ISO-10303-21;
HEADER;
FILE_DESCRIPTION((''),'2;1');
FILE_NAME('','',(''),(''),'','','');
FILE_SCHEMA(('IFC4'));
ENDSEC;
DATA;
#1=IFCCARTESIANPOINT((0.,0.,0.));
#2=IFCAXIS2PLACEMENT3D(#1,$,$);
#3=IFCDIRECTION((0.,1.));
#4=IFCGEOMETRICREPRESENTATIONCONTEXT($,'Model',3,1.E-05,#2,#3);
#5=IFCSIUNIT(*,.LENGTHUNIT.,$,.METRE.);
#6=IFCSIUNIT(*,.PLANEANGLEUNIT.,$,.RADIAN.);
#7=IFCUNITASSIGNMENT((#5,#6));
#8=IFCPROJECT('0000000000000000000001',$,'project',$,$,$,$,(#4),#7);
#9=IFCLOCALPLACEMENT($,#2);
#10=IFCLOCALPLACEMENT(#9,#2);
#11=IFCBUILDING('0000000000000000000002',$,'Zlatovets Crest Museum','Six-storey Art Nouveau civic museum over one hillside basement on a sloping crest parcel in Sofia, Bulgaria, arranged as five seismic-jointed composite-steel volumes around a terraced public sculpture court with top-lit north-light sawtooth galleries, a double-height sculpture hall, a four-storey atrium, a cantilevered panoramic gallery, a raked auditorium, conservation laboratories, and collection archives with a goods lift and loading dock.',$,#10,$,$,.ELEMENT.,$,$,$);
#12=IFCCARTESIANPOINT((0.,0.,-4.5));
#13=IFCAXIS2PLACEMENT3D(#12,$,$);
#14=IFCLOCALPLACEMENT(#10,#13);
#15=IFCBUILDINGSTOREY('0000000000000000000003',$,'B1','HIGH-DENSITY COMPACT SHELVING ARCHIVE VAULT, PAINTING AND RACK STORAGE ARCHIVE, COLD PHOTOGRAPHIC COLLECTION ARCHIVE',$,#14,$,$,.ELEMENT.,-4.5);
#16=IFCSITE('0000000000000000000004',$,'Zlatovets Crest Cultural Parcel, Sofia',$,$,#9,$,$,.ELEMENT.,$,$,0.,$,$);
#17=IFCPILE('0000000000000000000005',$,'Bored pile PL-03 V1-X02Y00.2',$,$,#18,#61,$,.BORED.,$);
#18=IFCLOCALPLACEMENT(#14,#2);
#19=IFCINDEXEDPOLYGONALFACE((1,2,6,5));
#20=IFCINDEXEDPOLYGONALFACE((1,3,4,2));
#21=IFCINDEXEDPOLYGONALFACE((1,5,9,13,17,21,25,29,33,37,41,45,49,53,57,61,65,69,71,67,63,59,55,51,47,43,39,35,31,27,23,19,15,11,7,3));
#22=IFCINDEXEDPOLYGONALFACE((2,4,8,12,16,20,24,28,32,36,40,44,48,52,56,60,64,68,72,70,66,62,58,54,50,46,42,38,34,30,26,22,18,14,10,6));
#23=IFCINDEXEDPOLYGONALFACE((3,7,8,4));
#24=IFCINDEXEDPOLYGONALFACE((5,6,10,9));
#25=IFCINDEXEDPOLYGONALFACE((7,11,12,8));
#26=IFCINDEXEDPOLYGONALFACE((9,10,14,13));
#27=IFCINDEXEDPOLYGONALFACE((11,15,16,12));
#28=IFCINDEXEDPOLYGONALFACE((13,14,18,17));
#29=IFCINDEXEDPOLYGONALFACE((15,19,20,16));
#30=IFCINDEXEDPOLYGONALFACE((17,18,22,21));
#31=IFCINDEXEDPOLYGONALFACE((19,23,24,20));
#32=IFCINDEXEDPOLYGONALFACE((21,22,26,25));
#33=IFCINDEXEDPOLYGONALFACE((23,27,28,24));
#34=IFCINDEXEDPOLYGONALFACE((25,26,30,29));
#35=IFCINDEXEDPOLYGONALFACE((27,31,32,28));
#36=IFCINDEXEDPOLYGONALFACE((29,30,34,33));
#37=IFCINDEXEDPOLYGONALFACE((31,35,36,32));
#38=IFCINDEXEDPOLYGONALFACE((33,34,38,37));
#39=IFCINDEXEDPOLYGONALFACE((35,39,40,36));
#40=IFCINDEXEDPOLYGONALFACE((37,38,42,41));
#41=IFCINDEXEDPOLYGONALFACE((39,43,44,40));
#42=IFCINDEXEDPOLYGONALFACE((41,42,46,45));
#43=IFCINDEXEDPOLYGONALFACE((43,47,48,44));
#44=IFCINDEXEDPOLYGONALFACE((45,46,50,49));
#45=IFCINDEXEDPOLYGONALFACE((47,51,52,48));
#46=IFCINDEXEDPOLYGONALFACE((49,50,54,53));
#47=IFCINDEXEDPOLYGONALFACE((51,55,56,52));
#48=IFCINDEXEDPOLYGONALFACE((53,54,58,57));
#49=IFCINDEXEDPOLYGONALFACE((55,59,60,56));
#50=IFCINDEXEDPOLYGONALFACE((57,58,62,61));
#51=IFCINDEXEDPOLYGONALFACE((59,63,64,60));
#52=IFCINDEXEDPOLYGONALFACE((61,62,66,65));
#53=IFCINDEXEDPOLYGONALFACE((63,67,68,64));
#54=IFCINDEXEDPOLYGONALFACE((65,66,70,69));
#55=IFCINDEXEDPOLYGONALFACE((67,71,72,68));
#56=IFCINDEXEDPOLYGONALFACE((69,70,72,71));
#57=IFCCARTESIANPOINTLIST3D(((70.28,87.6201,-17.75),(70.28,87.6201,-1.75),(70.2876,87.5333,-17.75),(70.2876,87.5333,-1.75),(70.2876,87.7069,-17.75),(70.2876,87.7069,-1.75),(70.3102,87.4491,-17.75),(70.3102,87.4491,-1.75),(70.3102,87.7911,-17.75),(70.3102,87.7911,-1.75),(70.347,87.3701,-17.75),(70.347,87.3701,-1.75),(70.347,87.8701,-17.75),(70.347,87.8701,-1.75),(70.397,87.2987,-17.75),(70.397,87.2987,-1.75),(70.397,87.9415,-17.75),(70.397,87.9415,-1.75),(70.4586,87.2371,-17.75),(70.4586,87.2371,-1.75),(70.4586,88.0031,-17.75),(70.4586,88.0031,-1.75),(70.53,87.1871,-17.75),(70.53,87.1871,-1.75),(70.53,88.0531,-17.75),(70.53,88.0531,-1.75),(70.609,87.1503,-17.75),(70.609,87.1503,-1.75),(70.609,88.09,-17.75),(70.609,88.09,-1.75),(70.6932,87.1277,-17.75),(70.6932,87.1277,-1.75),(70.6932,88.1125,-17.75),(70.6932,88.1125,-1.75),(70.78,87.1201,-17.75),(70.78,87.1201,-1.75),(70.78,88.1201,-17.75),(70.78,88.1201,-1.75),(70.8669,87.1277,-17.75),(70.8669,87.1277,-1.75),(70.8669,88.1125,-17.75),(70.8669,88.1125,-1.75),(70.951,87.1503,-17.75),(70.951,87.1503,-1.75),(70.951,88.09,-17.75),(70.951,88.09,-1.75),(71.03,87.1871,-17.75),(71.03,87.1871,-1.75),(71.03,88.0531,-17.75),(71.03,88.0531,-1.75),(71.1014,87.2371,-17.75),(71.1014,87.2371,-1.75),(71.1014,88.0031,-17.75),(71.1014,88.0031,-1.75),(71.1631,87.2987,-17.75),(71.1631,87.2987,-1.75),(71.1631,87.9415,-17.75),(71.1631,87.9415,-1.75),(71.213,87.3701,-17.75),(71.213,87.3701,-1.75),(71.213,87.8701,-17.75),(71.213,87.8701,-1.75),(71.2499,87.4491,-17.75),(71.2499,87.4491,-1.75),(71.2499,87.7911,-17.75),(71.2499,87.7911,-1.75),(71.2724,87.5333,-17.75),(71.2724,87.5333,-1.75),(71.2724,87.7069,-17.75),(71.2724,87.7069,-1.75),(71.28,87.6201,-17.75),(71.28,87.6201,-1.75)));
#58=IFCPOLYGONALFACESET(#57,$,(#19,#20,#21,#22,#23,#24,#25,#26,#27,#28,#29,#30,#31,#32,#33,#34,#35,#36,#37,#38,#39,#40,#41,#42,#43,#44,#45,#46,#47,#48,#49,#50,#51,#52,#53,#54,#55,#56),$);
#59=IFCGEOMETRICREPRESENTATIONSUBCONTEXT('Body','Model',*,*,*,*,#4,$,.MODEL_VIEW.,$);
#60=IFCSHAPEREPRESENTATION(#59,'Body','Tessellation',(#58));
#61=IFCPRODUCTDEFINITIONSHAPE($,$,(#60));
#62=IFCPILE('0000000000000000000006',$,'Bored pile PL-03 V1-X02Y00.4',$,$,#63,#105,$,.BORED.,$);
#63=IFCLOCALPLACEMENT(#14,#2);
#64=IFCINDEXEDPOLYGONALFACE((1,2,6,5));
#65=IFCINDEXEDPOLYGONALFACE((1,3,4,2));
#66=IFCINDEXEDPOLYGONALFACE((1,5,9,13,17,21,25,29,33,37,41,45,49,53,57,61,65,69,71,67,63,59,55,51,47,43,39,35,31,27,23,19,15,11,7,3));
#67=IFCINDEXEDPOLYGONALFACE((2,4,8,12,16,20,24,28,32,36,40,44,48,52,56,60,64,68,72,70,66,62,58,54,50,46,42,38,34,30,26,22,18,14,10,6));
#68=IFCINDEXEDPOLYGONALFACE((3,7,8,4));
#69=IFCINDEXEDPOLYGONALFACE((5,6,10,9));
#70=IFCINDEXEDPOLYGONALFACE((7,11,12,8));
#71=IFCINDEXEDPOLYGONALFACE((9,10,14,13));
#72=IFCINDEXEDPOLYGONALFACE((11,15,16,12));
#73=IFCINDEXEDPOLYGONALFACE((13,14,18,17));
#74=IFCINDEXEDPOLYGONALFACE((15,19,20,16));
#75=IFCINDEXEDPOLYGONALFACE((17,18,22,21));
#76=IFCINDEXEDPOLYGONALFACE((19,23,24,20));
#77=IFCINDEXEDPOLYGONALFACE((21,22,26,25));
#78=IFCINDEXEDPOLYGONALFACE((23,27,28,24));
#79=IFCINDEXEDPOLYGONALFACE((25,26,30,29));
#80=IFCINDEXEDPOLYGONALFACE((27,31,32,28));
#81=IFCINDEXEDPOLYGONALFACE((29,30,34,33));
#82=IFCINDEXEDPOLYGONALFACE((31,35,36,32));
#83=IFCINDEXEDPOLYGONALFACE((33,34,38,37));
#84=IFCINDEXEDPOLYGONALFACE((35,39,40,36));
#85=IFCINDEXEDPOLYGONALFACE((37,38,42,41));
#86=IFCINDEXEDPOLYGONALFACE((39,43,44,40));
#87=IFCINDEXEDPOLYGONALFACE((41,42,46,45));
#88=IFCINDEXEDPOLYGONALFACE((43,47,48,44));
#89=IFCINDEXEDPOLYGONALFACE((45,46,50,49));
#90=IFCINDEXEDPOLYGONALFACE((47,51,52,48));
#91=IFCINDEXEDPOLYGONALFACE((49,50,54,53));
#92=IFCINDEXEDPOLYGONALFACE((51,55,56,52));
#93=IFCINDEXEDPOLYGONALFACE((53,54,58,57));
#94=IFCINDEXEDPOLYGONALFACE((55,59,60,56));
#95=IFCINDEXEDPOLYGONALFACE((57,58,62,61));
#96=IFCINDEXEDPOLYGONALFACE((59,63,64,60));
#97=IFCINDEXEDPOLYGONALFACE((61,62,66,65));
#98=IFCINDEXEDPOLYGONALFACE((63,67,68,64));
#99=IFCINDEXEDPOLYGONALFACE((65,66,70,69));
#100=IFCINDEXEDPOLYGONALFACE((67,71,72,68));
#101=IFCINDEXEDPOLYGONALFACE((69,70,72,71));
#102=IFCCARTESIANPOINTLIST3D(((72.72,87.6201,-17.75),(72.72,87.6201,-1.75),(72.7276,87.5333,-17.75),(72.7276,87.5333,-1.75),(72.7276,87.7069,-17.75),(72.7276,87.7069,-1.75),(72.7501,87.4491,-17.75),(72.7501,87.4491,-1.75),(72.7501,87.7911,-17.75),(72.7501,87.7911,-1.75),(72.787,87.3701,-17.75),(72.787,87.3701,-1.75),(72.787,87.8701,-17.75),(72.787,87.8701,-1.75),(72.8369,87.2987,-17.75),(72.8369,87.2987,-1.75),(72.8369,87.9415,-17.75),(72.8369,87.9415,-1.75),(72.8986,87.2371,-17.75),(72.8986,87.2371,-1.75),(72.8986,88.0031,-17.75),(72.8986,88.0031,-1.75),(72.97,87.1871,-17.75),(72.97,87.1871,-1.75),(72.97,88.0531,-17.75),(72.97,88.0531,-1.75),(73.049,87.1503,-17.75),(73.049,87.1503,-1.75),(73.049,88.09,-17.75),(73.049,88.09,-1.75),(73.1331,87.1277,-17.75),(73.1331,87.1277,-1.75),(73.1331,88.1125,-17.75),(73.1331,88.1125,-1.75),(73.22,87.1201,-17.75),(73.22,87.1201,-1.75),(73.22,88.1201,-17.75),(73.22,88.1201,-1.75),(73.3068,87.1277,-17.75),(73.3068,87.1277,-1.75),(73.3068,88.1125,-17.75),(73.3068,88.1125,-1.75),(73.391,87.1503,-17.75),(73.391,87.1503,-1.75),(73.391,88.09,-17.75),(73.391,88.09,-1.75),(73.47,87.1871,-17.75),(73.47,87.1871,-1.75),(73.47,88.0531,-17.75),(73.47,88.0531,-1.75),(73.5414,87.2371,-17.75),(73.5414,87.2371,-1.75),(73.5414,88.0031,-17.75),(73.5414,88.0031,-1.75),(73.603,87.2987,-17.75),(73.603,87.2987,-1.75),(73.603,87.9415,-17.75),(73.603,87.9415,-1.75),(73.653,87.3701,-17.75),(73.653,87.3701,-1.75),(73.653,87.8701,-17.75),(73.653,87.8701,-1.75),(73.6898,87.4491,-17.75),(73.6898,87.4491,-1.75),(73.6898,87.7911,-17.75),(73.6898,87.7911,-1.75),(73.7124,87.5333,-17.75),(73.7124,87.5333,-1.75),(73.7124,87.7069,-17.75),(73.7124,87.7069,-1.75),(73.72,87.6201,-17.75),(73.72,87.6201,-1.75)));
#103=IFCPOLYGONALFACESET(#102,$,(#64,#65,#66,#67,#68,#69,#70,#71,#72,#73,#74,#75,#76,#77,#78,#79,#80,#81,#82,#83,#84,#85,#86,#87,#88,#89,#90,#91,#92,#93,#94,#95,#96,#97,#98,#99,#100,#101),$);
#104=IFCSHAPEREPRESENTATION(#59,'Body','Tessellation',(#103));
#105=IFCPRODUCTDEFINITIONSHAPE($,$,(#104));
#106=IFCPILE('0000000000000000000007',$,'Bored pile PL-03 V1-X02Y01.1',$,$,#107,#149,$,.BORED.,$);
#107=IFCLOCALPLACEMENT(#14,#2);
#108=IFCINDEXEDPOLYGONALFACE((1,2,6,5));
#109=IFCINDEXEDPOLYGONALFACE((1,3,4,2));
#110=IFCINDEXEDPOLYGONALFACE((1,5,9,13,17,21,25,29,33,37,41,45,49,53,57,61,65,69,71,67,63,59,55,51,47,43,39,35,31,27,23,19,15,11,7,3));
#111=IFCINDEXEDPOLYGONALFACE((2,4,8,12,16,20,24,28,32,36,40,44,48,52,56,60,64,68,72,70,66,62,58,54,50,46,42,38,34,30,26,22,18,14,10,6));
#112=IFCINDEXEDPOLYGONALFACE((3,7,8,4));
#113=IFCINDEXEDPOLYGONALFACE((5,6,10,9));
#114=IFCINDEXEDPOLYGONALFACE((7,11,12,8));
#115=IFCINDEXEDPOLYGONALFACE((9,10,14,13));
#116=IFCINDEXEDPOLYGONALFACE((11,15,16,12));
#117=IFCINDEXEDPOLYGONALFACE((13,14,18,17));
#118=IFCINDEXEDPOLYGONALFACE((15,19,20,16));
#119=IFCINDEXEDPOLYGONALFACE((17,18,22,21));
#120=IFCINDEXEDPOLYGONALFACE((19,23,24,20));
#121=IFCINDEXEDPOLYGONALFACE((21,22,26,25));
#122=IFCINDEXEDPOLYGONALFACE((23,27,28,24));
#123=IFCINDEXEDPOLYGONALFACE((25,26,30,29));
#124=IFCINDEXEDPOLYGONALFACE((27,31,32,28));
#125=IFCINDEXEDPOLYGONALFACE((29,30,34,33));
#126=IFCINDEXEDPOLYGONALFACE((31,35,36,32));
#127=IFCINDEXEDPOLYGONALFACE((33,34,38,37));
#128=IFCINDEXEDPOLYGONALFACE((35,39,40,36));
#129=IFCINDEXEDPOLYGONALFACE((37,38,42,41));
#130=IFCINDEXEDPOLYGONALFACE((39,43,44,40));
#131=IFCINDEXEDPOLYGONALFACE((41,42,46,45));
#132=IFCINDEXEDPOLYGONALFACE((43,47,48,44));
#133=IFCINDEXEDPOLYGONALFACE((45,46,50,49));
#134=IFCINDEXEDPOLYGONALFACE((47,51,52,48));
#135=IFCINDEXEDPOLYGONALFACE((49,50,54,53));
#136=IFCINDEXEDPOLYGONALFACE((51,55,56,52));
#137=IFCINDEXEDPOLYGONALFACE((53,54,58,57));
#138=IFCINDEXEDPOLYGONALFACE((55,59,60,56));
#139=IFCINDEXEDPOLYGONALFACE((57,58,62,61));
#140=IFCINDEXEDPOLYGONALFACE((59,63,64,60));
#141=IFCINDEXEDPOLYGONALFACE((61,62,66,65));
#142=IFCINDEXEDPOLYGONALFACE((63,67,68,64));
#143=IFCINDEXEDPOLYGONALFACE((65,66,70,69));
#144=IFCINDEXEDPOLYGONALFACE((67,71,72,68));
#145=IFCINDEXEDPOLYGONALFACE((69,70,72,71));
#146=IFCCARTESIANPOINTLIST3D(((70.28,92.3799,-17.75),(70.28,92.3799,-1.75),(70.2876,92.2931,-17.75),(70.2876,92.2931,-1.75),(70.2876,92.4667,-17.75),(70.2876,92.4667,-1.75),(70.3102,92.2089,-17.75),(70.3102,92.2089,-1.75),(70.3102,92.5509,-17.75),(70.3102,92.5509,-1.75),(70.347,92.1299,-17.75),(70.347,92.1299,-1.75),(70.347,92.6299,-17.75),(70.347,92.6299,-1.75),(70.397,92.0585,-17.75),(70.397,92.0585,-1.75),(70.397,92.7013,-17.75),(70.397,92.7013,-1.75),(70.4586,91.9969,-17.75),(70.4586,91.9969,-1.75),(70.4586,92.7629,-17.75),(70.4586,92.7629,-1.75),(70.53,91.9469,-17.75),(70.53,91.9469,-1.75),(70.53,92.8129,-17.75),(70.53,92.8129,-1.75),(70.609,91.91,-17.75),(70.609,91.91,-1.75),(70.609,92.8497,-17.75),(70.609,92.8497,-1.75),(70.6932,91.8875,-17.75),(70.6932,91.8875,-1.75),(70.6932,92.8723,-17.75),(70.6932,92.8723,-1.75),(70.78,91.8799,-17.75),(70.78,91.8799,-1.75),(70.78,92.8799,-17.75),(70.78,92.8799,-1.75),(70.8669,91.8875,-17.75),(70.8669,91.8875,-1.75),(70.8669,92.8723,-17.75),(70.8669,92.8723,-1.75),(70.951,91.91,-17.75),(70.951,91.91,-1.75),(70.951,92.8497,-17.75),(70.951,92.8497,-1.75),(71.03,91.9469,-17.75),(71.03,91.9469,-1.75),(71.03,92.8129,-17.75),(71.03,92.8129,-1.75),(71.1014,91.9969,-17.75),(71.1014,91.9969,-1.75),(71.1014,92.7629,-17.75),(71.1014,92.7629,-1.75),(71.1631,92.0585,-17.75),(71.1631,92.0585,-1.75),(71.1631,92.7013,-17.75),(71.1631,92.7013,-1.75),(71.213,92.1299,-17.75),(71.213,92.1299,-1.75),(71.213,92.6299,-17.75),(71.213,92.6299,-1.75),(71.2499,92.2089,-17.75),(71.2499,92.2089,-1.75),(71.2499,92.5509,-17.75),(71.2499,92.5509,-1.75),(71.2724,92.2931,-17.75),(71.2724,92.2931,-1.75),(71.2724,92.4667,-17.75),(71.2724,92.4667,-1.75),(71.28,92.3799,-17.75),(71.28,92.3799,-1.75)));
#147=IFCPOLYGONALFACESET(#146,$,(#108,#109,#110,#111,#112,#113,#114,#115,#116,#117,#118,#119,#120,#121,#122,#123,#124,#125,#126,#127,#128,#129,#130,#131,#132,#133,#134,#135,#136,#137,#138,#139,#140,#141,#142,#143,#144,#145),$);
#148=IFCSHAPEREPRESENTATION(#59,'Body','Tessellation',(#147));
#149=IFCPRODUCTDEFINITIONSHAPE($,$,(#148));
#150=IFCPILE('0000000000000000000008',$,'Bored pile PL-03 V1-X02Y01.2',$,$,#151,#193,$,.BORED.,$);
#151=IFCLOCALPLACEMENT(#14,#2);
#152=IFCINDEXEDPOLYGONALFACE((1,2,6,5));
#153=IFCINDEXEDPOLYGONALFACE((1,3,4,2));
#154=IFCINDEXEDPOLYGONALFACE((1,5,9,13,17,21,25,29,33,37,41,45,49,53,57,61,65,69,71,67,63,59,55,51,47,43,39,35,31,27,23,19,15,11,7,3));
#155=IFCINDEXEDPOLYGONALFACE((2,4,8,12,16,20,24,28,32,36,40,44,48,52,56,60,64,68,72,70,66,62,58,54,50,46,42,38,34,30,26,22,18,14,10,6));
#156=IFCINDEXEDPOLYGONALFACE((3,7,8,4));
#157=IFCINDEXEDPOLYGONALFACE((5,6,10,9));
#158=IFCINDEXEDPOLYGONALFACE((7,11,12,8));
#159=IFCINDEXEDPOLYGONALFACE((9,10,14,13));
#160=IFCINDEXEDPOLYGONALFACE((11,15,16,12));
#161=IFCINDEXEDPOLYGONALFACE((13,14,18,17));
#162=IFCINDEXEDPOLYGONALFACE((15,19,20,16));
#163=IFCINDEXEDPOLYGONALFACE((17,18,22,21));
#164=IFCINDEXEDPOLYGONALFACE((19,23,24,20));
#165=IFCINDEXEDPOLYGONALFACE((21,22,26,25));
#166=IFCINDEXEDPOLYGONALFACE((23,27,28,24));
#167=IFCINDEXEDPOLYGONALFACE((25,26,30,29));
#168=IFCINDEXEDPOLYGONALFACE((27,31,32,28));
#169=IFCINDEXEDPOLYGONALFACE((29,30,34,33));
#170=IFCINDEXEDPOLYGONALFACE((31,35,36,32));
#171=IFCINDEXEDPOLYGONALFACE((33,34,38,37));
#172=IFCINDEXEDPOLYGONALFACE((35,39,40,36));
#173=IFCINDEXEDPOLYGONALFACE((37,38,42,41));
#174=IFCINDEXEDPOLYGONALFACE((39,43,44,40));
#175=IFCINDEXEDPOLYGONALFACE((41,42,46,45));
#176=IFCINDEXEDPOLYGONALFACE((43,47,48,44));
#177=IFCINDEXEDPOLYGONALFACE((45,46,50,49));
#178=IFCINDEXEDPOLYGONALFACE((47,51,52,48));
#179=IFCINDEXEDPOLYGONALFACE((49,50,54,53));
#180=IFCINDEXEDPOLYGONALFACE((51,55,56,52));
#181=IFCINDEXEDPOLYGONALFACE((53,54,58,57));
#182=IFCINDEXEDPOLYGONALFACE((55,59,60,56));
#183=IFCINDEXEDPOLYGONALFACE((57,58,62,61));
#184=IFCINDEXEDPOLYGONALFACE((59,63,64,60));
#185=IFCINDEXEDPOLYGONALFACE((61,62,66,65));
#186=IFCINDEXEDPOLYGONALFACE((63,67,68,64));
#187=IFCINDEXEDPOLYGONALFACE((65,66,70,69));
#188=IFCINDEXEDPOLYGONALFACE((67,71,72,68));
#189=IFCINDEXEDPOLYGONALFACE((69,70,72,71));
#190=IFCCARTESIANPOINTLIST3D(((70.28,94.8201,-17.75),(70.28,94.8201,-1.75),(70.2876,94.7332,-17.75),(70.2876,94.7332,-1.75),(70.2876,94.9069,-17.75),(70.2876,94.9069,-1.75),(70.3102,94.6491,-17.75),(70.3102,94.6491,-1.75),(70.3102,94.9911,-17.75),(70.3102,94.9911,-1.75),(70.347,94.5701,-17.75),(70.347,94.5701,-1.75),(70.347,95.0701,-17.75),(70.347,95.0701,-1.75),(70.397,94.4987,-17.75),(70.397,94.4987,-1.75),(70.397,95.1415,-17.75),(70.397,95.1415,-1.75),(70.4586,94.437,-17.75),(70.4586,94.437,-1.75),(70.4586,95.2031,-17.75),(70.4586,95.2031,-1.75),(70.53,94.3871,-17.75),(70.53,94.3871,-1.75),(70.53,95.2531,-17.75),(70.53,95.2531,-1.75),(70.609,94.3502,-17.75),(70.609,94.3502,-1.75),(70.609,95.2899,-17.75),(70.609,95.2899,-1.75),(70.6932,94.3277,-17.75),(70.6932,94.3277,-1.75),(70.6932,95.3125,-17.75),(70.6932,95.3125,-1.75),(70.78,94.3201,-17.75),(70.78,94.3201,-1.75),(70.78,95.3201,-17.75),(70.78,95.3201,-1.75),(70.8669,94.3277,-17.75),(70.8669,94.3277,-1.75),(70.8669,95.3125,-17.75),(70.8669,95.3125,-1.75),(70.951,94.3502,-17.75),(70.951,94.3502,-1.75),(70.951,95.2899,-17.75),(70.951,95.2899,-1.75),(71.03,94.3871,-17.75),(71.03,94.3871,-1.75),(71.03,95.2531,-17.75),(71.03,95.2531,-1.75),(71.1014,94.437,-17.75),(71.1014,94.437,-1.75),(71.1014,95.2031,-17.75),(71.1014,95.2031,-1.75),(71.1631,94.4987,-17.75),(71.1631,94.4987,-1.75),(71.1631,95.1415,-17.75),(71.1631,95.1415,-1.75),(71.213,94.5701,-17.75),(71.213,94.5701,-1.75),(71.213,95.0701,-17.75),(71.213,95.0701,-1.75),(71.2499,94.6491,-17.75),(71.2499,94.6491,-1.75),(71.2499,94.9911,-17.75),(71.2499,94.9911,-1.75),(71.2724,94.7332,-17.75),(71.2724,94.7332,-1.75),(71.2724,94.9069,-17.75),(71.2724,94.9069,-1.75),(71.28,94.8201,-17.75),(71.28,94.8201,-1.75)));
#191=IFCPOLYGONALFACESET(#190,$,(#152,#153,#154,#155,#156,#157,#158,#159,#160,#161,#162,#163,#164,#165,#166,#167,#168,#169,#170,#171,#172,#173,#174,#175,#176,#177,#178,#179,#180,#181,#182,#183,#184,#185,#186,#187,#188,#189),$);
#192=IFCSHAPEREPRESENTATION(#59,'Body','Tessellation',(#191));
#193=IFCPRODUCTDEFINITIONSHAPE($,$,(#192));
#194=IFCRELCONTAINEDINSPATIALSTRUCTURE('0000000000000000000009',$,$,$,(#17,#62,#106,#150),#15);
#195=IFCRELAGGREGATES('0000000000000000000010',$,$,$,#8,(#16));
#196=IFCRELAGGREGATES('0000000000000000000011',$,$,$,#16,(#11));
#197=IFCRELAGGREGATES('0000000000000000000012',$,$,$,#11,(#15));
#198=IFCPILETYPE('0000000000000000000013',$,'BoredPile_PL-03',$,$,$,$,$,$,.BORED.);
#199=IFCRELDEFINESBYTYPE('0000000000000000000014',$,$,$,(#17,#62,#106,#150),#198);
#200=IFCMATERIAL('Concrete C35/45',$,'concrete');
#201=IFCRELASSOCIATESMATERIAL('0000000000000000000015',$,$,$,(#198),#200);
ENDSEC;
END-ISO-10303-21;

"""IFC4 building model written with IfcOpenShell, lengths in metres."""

from ifc_helpers import new_model, si_unit, direction, frame, origin, origin_2d, place, context, subcontext, project, spatial, circle, extrude, material, material_profile, profile_set, type_object, element, save


model = new_model("IFC4")

# Units and contexts
model_context = context("Model", 3, precision=1e-05, world=origin(), true_north=direction((0.0, 1.0)))
body_context = subcontext(model_context, "Body", "Model", "MODEL_VIEW")
ifc_project = project(units=[si_unit("LENGTHUNIT", "METRE"), si_unit("PLANEANGLEUNIT", "RADIAN")], contexts=[model_context])

# Site, building, storey
site_placement = place(None, origin())
site = spatial("IfcSite", under=ifc_project, at=site_placement, Name="Zlatovets Crest Cultural Parcel, Sofia", CompositionType="ELEMENT", RefElevation=0.0)
building_placement = place(site_placement, origin())
building = spatial("IfcBuilding", under=site, at=building_placement, Name="Zlatovets Crest Museum", Description="Six-storey Art Nouveau civic museum over one hillside basement on a sloping crest parcel in Sofia, Bulgaria, arranged as five seismic-jointed composite-steel volumes around a terraced public sculpture court with top-lit north-light sawtooth galleries, a double-height sculpture hall, a four-storey atrium, a cantilevered panoramic gallery, a raked auditorium, conservation laboratories, and collection archives with a goods lift and loading dock.", CompositionType="ELEMENT")
storey_placement = place(building_placement, frame((0.0, 0.0, -4.5)))
storey = spatial("IfcBuildingStorey", under=building, at=storey_placement, Name="B1", Description="HIGH-DENSITY COMPACT SHELVING ARCHIVE VAULT, PAINTING AND RACK STORAGE ARCHIVE, COLD PHOTOGRAPHIC COLLECTION ARCHIVE", CompositionType="ELEMENT", Elevation=-4.5)

# Piles
ifc_material_1 = material(Name="Concrete C35/45", Category="concrete")
ifc_material_profile_1 = material_profile(ifc_material_1, circle(Radius=0.5, at=origin_2d()), Name="PILE D1000")
ifc_profile_set_1 = profile_set([ifc_material_profile_1], Name="Concrete C35/45")
pile_type = type_object("IfcPileType", Name="BoredPile_PL-03", PredefinedType="BORED", material=ifc_profile_set_1)
for number, where, z_axis, x_axis, name in (
    (1, (70.78, 87.6201, -1.75), (0.0, 0.0, -1.0), (1.0, 0.0, 0.0), "Bored pile PL-03 V1-X02Y00.2"),
    (2, (73.22, 87.6201, -1.75), (0.0, 0.0, -1.0), (1.0, 0.0, 0.0), "Bored pile PL-03 V1-X02Y00.4"),
    (3, (70.78, 92.3799, -1.75), (0.0, 0.0, -1.0), (1.0, 0.0, 0.0), "Bored pile PL-03 V1-X02Y01.1"),
    (4, (70.78, 94.8201, -1.75), (0.0, 0.0, -1.0), (1.0, 0.0, 0.0), "Bored pile PL-03 V1-X02Y01.2"),
):
    element("IfcPile", number, at=place(storey_placement, frame(where, z_axis=z_axis, x_axis=x_axis)), inside=storey, type_object=pile_type, Name=name, PredefinedType="BORED", context=body_context, shape_type="SweptSolid", body=[
        extrude(circle(Radius=0.5, at=origin_2d()), origin(), (0.0, 0.0, 1.0), 16.0),
    ])

save(model, "model.ifc")
